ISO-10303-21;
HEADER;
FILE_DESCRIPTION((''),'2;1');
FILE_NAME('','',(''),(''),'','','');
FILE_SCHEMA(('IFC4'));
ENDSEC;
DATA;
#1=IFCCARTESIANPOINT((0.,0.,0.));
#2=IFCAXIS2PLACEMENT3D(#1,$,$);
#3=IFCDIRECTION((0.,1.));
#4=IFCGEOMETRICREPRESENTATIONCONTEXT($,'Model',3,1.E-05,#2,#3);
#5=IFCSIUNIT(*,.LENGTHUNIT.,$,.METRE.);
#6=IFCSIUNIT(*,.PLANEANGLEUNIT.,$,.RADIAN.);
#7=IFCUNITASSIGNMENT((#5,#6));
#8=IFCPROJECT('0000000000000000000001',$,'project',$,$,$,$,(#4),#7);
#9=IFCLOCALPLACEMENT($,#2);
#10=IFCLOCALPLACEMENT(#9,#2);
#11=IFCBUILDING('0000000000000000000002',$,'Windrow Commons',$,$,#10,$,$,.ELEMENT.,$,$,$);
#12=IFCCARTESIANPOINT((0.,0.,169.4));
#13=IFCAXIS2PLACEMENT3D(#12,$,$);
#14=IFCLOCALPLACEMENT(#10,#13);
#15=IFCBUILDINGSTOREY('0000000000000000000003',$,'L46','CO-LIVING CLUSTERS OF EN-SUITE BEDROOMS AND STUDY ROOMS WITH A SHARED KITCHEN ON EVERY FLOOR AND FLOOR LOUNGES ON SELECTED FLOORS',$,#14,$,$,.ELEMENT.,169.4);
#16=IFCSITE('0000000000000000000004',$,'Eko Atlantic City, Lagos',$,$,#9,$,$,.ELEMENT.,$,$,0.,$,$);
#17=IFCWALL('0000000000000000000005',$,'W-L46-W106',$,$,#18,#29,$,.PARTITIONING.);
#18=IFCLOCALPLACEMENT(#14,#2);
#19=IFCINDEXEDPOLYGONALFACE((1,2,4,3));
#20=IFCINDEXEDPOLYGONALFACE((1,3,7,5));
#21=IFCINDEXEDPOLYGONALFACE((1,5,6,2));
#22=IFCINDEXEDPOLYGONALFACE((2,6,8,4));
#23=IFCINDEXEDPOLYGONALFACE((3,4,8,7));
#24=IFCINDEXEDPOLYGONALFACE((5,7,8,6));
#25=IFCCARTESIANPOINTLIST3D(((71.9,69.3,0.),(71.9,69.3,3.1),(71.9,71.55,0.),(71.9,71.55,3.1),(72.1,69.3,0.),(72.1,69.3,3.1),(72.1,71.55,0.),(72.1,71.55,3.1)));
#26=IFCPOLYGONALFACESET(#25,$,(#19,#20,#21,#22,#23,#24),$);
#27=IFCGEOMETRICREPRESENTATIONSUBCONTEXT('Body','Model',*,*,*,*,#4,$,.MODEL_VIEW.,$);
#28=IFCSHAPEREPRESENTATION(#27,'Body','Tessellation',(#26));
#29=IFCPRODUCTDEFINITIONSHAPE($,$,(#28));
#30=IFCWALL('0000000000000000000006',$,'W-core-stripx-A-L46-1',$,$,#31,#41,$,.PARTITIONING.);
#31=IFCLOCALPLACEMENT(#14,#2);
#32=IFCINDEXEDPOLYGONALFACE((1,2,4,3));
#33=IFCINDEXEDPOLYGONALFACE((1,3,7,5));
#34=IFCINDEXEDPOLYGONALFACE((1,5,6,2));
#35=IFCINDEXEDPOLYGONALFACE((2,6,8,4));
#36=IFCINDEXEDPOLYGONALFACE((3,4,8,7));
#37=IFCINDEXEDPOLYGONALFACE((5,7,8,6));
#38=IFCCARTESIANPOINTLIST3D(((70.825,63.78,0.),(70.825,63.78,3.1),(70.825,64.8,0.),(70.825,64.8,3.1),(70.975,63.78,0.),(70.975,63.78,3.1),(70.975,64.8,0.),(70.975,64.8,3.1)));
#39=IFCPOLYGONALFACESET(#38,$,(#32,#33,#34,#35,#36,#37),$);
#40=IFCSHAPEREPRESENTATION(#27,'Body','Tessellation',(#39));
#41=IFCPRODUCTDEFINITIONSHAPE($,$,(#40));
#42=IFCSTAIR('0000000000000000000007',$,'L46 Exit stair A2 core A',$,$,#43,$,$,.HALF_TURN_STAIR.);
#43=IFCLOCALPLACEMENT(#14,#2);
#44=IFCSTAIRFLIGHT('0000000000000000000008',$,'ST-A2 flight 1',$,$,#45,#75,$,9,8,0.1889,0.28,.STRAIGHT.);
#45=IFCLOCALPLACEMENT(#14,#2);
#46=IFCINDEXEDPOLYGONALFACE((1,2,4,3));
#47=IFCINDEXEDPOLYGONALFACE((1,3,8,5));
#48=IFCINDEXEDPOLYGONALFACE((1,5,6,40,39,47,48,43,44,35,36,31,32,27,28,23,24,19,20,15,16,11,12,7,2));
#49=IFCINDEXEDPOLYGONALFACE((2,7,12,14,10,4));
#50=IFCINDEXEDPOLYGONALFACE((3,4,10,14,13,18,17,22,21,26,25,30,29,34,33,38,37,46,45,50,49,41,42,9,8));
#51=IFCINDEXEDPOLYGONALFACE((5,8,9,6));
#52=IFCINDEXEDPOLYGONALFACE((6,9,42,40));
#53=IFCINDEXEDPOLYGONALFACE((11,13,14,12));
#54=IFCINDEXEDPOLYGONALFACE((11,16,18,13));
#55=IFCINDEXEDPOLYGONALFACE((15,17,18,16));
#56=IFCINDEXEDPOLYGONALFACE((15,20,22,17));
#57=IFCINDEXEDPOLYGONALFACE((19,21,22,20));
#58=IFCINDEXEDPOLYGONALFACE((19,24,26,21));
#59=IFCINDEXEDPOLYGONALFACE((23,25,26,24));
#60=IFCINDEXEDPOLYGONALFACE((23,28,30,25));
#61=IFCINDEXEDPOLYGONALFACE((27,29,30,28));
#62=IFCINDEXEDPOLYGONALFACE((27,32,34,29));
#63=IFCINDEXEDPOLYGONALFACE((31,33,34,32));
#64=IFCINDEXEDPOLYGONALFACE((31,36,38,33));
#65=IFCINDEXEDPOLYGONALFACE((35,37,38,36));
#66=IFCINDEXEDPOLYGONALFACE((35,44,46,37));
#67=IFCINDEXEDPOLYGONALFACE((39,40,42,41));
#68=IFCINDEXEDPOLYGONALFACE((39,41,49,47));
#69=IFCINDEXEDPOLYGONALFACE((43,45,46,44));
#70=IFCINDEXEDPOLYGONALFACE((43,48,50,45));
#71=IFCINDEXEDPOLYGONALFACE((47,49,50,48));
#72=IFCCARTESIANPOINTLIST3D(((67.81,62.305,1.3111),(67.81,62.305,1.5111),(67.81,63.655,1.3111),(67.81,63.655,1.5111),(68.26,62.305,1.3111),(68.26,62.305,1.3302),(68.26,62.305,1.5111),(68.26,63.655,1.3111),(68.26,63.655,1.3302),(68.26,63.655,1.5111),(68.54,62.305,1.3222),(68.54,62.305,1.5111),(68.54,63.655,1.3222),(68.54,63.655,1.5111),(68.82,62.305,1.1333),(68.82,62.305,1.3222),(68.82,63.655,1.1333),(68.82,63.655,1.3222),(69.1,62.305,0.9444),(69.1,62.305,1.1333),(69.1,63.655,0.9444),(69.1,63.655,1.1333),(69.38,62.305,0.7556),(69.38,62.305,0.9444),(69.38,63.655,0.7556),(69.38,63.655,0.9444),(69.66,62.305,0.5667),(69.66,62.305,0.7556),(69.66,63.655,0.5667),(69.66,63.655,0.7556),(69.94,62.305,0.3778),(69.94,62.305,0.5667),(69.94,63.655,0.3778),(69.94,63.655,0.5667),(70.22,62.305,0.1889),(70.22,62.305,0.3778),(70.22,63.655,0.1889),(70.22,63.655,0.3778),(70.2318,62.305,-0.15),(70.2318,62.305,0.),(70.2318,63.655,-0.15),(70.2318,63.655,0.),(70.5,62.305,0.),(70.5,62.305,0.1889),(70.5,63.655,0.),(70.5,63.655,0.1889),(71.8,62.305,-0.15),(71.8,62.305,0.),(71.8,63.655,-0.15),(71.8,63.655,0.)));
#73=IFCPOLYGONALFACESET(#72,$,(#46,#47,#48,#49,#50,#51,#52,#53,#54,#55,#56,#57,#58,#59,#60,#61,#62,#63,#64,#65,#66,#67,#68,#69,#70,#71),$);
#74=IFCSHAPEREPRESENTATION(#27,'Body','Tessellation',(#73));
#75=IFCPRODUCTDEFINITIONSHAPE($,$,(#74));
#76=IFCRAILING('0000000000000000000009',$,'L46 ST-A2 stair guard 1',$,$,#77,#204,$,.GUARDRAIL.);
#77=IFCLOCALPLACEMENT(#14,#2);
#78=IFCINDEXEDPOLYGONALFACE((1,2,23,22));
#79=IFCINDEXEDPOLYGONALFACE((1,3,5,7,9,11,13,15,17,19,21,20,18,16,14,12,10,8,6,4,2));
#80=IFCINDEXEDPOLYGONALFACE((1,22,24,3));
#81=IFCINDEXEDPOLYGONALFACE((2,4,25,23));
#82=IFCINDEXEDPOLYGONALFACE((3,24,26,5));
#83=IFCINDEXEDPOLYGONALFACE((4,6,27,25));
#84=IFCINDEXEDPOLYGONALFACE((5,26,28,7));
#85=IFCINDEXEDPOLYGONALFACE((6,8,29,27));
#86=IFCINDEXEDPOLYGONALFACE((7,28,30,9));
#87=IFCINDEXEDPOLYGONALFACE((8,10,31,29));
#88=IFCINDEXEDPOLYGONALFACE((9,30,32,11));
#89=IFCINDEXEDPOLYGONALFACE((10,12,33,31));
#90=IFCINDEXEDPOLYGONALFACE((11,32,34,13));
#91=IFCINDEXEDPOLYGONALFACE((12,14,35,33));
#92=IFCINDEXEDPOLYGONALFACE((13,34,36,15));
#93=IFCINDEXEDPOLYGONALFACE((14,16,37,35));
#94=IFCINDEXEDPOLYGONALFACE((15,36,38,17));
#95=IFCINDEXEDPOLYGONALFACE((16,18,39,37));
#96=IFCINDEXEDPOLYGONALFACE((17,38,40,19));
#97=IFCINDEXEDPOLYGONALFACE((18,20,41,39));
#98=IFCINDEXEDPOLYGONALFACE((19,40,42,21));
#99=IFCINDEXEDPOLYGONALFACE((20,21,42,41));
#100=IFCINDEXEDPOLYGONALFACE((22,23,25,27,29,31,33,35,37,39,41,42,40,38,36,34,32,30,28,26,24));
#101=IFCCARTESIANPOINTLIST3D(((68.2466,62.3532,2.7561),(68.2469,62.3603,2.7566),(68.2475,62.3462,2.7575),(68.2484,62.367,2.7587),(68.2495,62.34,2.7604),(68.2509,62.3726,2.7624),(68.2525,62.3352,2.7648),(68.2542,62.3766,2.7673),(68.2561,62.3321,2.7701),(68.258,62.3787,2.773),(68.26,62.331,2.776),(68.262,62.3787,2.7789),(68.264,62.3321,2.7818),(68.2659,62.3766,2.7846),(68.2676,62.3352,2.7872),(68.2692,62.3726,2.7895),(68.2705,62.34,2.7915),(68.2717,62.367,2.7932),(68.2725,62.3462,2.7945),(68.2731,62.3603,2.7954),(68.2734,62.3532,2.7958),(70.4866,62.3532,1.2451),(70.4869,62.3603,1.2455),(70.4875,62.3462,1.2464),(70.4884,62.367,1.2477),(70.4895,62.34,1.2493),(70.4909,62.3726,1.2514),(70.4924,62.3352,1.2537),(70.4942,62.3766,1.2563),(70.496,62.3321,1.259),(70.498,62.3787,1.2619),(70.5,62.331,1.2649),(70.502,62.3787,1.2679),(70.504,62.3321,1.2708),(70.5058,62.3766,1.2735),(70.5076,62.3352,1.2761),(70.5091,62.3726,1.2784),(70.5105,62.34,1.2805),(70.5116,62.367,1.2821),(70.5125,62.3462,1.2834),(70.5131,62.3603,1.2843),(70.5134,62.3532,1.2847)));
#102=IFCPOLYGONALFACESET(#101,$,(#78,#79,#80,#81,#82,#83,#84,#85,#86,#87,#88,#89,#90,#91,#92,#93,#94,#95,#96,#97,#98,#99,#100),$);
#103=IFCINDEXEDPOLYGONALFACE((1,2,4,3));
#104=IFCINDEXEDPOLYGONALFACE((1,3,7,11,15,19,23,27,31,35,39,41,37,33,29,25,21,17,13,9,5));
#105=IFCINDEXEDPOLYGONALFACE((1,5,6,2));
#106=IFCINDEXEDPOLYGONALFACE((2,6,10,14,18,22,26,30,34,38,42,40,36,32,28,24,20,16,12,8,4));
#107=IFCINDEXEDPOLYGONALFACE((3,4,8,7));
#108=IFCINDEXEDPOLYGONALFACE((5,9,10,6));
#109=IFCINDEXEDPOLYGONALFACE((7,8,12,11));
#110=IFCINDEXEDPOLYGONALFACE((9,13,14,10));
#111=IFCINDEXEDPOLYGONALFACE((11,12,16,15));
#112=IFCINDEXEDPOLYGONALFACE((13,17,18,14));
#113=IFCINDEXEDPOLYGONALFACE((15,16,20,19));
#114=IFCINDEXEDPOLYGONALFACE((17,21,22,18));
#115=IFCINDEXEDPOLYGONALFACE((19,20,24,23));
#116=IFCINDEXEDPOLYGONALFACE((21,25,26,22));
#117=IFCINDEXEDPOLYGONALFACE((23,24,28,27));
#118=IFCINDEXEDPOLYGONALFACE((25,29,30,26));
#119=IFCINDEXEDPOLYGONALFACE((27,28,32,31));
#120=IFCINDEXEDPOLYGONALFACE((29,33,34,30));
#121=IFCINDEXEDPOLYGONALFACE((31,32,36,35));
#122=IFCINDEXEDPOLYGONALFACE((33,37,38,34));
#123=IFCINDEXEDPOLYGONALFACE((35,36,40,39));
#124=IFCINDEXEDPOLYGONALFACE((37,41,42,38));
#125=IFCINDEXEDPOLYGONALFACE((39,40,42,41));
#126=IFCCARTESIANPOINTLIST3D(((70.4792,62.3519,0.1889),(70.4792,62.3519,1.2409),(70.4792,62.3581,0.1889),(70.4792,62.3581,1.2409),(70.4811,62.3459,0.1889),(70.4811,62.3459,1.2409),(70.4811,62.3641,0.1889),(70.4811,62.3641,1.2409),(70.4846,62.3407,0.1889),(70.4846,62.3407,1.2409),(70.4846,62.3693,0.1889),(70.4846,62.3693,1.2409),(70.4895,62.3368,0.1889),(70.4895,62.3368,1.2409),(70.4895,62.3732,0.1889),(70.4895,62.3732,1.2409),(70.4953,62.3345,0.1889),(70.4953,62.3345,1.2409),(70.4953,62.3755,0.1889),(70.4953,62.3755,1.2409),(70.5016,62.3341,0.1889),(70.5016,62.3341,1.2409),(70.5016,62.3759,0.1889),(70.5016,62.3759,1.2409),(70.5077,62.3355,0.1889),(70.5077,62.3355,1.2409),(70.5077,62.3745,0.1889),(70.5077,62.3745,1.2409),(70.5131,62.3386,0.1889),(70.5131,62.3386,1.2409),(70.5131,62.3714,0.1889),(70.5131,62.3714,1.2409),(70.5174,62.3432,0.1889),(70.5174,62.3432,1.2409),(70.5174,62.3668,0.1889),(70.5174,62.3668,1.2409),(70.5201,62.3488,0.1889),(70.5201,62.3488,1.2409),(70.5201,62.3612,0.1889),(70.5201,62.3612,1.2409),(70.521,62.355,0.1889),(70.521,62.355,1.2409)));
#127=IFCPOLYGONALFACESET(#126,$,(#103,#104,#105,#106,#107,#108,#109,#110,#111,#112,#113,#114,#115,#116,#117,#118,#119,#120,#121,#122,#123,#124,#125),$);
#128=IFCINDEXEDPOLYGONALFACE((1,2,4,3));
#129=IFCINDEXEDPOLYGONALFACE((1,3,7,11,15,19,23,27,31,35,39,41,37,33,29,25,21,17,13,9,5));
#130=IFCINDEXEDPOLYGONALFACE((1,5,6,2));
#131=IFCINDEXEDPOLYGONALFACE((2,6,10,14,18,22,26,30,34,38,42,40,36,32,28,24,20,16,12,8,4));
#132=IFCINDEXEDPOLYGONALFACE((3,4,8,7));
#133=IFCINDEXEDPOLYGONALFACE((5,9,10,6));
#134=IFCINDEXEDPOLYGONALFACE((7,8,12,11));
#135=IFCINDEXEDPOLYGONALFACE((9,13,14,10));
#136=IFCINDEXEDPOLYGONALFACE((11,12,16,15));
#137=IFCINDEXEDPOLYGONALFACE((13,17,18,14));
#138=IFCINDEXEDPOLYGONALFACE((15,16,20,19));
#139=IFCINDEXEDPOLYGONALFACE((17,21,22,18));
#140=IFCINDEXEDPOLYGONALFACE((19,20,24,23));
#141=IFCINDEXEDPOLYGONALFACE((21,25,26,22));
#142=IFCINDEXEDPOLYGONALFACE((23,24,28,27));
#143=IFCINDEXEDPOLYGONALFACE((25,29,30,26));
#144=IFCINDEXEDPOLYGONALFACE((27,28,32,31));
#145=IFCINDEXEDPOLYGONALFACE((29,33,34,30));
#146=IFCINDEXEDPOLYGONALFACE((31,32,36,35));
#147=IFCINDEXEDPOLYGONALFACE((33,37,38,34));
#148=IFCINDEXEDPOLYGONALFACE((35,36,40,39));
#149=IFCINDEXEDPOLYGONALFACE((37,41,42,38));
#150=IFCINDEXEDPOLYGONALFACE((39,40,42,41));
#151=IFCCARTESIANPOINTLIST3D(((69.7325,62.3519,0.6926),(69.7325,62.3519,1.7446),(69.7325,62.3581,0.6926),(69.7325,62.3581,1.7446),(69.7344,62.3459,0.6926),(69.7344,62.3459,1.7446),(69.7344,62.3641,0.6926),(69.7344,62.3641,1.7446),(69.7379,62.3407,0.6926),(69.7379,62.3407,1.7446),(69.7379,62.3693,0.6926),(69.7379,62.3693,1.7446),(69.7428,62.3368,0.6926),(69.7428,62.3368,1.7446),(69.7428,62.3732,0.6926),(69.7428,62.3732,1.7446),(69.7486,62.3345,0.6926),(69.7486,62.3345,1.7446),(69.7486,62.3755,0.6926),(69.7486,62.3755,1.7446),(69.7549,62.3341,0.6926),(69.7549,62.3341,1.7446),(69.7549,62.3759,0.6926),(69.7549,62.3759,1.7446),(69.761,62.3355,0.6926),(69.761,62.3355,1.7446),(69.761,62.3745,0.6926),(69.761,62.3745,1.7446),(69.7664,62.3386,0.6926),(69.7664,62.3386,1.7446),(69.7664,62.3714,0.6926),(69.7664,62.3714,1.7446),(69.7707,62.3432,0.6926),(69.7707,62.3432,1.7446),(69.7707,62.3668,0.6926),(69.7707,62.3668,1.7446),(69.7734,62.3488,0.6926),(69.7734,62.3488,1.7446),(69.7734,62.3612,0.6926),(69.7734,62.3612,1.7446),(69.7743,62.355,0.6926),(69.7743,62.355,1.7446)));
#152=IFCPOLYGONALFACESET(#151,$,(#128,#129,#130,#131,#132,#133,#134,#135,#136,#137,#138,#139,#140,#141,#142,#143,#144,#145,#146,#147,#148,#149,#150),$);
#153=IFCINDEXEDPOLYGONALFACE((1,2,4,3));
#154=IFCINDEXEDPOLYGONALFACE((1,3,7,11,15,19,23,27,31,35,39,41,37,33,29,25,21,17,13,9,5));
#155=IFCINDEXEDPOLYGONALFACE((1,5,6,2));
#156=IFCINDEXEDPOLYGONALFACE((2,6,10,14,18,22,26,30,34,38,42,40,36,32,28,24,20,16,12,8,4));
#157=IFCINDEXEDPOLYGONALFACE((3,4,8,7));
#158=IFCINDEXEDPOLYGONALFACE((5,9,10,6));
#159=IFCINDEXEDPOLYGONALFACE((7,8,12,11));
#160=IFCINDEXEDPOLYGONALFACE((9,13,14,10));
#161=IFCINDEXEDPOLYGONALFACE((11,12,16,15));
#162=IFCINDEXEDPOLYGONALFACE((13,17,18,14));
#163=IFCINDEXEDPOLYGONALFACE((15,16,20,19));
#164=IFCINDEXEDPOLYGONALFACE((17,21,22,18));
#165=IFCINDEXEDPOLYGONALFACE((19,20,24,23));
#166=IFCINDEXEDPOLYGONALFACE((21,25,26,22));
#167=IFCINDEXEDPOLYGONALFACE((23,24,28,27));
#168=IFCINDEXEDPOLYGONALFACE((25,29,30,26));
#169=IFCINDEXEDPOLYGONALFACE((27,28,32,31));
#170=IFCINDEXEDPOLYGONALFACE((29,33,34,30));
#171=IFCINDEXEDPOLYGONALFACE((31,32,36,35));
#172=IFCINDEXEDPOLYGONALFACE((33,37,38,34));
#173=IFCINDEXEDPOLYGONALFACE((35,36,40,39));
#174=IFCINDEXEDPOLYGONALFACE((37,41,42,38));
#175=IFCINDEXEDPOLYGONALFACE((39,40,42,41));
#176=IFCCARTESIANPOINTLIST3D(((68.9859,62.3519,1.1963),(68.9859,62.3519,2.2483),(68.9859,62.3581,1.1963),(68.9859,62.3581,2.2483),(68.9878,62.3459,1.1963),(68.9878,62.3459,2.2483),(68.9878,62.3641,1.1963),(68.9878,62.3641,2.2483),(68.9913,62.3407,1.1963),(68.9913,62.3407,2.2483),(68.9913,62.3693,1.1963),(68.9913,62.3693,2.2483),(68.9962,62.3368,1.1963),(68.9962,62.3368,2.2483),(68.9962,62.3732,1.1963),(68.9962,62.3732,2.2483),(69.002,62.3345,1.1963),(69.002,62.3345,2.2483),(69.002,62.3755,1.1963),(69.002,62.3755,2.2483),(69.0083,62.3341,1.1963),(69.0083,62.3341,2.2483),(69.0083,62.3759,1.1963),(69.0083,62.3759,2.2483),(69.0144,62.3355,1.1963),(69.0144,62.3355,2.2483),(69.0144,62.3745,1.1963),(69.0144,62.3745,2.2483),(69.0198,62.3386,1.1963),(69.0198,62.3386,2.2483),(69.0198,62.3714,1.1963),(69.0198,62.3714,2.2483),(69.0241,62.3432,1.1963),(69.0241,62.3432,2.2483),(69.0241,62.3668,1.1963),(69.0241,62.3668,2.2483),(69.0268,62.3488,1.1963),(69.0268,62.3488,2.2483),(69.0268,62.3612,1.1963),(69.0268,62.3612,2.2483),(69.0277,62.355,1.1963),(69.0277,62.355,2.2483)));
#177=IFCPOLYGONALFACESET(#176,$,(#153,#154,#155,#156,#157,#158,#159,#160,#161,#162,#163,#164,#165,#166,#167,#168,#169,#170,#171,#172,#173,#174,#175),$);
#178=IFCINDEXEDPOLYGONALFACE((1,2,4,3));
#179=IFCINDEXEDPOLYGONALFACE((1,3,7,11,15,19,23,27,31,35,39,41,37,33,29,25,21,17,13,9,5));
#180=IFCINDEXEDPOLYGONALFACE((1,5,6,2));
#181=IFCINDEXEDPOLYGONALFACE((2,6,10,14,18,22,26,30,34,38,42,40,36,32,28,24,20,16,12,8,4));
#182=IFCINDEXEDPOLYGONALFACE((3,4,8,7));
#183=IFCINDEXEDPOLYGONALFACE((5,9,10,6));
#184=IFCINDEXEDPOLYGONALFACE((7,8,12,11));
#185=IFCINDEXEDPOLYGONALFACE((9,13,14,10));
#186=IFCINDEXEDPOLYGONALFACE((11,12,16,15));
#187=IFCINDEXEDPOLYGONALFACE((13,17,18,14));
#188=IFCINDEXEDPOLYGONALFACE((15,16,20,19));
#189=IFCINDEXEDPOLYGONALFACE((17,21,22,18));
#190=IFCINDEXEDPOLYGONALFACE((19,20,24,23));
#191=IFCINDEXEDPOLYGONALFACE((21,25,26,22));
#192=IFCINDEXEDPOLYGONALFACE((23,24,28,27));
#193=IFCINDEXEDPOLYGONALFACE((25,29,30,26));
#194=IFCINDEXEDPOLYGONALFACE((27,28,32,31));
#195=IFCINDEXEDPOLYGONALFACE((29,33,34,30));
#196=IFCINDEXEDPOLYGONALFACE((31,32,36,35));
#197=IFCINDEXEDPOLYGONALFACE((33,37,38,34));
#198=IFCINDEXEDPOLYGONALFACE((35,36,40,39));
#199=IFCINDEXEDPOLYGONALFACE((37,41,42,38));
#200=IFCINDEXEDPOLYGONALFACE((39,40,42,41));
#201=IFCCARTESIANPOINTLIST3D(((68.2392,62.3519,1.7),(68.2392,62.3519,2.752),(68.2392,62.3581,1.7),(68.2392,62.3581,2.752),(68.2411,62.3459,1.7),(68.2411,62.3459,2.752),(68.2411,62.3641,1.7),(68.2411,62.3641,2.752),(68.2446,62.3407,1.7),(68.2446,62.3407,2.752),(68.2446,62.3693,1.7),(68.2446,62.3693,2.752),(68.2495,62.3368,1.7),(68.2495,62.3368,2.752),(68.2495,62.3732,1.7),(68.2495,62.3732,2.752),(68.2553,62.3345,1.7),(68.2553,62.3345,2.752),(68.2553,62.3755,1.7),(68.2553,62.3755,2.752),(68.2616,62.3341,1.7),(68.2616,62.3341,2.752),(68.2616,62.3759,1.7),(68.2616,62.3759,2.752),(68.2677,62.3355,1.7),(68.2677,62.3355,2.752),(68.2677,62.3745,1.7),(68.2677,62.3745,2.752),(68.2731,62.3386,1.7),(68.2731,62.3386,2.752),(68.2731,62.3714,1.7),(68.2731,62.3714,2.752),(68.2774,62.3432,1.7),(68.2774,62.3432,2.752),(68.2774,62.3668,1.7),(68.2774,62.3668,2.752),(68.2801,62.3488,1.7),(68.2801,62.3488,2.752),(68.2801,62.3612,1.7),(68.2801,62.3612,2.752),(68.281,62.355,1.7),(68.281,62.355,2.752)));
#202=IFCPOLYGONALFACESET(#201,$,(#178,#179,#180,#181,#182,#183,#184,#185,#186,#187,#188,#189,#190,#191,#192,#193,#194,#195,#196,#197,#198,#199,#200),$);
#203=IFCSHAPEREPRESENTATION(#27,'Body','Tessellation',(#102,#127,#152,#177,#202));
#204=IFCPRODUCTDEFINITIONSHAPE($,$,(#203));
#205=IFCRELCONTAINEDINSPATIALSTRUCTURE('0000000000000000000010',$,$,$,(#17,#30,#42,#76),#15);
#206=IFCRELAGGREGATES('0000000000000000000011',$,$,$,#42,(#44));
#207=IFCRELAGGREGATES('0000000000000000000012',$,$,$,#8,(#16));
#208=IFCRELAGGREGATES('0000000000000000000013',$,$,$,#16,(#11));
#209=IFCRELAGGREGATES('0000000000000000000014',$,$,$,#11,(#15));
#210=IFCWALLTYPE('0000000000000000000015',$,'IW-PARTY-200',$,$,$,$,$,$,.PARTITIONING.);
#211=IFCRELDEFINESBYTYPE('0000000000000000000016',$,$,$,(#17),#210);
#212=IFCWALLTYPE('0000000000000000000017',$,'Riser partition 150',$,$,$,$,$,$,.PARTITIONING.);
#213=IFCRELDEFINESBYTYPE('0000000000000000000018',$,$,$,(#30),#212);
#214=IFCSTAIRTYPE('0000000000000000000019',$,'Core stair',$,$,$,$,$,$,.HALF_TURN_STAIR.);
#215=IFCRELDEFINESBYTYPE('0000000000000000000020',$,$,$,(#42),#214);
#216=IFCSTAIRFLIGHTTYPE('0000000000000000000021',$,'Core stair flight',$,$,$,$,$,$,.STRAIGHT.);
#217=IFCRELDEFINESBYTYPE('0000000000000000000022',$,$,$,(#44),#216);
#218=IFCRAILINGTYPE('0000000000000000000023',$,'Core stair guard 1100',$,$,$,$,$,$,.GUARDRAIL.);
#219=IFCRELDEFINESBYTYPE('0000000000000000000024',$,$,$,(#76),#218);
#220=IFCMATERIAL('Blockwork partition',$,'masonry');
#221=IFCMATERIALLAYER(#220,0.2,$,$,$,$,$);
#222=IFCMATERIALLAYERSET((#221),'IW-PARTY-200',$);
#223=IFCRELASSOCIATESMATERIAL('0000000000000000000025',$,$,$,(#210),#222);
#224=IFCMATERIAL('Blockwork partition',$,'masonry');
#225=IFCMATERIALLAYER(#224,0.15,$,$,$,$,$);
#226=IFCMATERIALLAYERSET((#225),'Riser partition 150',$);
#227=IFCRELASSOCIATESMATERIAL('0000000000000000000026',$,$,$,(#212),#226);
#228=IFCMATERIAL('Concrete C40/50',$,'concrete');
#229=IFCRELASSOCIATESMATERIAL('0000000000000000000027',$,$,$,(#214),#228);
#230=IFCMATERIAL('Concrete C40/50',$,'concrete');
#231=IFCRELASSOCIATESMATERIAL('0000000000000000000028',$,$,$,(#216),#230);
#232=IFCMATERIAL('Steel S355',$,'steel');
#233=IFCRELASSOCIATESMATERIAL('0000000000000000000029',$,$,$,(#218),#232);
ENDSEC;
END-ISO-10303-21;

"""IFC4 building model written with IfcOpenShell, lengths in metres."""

from ifc_helpers import new_model, si_unit, direction, frame, frame_2d, origin, origin_2d, place, context, subcontext, project, spatial, polyline, rectangle, circle, outline, extrude, material, layer, layer_set, type_object, element, aggregate, save


model = new_model("IFC4")

# Units and contexts
model_context = context("Model", 3, precision=1e-05, world=origin(), true_north=direction((0.0, 1.0)))
body_context = subcontext(model_context, "Body", "Model", "MODEL_VIEW")
ifc_project = project(units=[si_unit("LENGTHUNIT", "METRE"), si_unit("PLANEANGLEUNIT", "RADIAN")], contexts=[model_context])

# Site, building, storey
site_placement = place(None, origin())
site = spatial("IfcSite", under=ifc_project, at=site_placement, Name="Eko Atlantic City, Lagos", CompositionType="ELEMENT", RefElevation=0.0)
building_placement = place(site_placement, origin())
building = spatial("IfcBuilding", under=site, at=building_placement, Name="Windrow Commons", CompositionType="ELEMENT")
storey_placement = place(building_placement, frame((0.0, 0.0, 169.4)))
storey = spatial("IfcBuildingStorey", under=building, at=storey_placement, Name="L46", Description="CO-LIVING CLUSTERS OF EN-SUITE BEDROOMS AND STUDY ROOMS WITH A SHARED KITCHEN ON EVERY FLOOR AND FLOOR LOUNGES ON SELECTED FLOORS", CompositionType="ELEMENT", Elevation=169.4)

# Walls
ifc_material_1 = material(Name="Blockwork partition", Category="masonry")
ifc_layer_1 = layer(ifc_material_1, 0.2)
ifc_layer_set_1 = layer_set([ifc_layer_1], Name="IW-PARTY-200")
wall_type_1 = type_object("IfcWallType", Name="IW-PARTY-200", PredefinedType="PARTITIONING", material=ifc_layer_set_1)
wall_1_placement = place(storey_placement, frame((72.0, 69.3, 0.0), z_axis=(0.0, 0.0, 1.0), x_axis=(0.0, 1.0, 0.0)))
element("IfcWall", 1, at=wall_1_placement, inside=storey, type_object=wall_type_1, Name="W-L46-W106", PredefinedType="PARTITIONING", context=body_context, shape_type="SweptSolid", body=[
    extrude(rectangle(XDim=2.25, YDim=0.2, at=frame_2d((1.125, 0.0))), origin(), (0.0, 0.0, 1.0), 3.1),
])
ifc_material_2 = material(Name="Blockwork partition", Category="masonry")
ifc_layer_2 = layer(ifc_material_2, 0.15)
ifc_layer_set_2 = layer_set([ifc_layer_2], Name="Riser partition 150")
wall_type_2 = type_object("IfcWallType", Name="Riser partition 150", PredefinedType="PARTITIONING", material=ifc_layer_set_2)
wall_2_placement = place(storey_placement, frame((70.9, 63.78, 0.0), z_axis=(0.0, 0.0, 1.0), x_axis=(0.0, 1.0, 0.0)))
element("IfcWall", 2, at=wall_2_placement, inside=storey, type_object=wall_type_2, Name="W-core-stripx-A-L46-1", PredefinedType="PARTITIONING", context=body_context, shape_type="SweptSolid", body=[
    extrude(rectangle(XDim=1.02, YDim=0.15, at=frame_2d((0.51, 0.0))), origin(), (0.0, 0.0, 1.0), 3.1),
])

# Stair, stair flight
ifc_material_3 = material(Name="Concrete C40/50", Category="concrete")
stair_type = type_object("IfcStairType", Name="Core stair", PredefinedType="HALF_TURN_STAIR", material=ifc_material_3)
stair_placement = place(storey_placement, origin())
stair = element("IfcStair", 3, at=stair_placement, inside=storey, type_object=stair_type, Name="L46 Exit stair A2 core A", PredefinedType="HALF_TURN_STAIR")
ifc_material_4 = material(Name="Concrete C40/50", Category="concrete")
stair_flight_type = type_object("IfcStairFlightType", Name="Core stair flight", PredefinedType="STRAIGHT", material=ifc_material_4)
stair_flight_placement = place(storey_placement, frame((70.5, 62.98, 0.0), z_axis=(0.0, 0.0, 1.0), x_axis=(-1.0, 0.0, 0.0)))
stair_flight = element("IfcStairFlight", 4, at=stair_flight_placement, type_object=stair_flight_type, Name="ST-A2 flight 1", NumberOfRisers=9, NumberOfTreads=8, PredefinedType="STRAIGHT", RiserHeight=0.1889, TreadLength=0.28, context=body_context, shape_type="SweptSolid", body=[
    extrude(outline(polyline([(-1.3, -0.15), (-1.3, 0.0), (0.0, 0.0), (0.0, 0.1889), (0.28, 0.1889), (0.28, 0.3778), (0.56, 0.3778), (0.56, 0.5667), (0.84, 0.5667), (0.84, 0.7556), (1.12, 0.7556), (1.12, 0.9444), (1.4, 0.9444), (1.4, 1.1333), (1.68, 1.1333), (1.68, 1.3222), (1.96, 1.3222), (1.96, 1.5111), (2.24, 1.5111), (2.69, 1.5111), (2.69, 1.3111), (2.24, 1.3111), (2.24, 1.3302), (0.2682, 0.0), (0.2682, -0.15), (-1.3, -0.15)])), frame((0.0, 0.675, 0.0), z_axis=(0.0, -1.0, 0.0), x_axis=(1.0, 0.0, 0.0)), (0.0, 0.0, 1.0), 1.35),
])
aggregate(stair, [stair_flight])

# Railing
ifc_material_5 = material(Name="Steel S355", Category="steel")
railing_type_1 = type_object("IfcRailingType", Name="Core stair guard 1100", PredefinedType="GUARDRAIL", material=ifc_material_5)
railing_1_placement = place(storey_placement, frame((70.5, 62.355, 0.1889)))
element("IfcRailing", 5, at=railing_1_placement, inside=storey, type_object=railing_type_1, Name="L46 ST-A2 stair guard 1", PredefinedType="GUARDRAIL", context=body_context, shape_type="SweptSolid", body=[
    extrude(circle(Radius=0.024, at=origin_2d()), frame((0.0, 0.0, 1.076), z_axis=(-0.829003, 0.0, 0.559244), x_axis=(0.0, -1.0, 0.0)), (0.0, 0.0, 1.0), 2.702),
    extrude(circle(Radius=0.021, at=origin_2d()), origin(), (0.0, 0.0, 1.0), 1.052),
    extrude(circle(Radius=0.021, at=origin_2d()), frame((-0.7467, 0.0, 0.5037)), (0.0, 0.0, 1.0), 1.052),
    extrude(circle(Radius=0.021, at=origin_2d()), frame((-1.4933, 0.0, 1.0074)), (0.0, 0.0, 1.0), 1.052),
    extrude(circle(Radius=0.021, at=origin_2d()), frame((-2.24, 0.0, 1.5111)), (0.0, 0.0, 1.0), 1.052),
])

save(model, "model.ifc")
